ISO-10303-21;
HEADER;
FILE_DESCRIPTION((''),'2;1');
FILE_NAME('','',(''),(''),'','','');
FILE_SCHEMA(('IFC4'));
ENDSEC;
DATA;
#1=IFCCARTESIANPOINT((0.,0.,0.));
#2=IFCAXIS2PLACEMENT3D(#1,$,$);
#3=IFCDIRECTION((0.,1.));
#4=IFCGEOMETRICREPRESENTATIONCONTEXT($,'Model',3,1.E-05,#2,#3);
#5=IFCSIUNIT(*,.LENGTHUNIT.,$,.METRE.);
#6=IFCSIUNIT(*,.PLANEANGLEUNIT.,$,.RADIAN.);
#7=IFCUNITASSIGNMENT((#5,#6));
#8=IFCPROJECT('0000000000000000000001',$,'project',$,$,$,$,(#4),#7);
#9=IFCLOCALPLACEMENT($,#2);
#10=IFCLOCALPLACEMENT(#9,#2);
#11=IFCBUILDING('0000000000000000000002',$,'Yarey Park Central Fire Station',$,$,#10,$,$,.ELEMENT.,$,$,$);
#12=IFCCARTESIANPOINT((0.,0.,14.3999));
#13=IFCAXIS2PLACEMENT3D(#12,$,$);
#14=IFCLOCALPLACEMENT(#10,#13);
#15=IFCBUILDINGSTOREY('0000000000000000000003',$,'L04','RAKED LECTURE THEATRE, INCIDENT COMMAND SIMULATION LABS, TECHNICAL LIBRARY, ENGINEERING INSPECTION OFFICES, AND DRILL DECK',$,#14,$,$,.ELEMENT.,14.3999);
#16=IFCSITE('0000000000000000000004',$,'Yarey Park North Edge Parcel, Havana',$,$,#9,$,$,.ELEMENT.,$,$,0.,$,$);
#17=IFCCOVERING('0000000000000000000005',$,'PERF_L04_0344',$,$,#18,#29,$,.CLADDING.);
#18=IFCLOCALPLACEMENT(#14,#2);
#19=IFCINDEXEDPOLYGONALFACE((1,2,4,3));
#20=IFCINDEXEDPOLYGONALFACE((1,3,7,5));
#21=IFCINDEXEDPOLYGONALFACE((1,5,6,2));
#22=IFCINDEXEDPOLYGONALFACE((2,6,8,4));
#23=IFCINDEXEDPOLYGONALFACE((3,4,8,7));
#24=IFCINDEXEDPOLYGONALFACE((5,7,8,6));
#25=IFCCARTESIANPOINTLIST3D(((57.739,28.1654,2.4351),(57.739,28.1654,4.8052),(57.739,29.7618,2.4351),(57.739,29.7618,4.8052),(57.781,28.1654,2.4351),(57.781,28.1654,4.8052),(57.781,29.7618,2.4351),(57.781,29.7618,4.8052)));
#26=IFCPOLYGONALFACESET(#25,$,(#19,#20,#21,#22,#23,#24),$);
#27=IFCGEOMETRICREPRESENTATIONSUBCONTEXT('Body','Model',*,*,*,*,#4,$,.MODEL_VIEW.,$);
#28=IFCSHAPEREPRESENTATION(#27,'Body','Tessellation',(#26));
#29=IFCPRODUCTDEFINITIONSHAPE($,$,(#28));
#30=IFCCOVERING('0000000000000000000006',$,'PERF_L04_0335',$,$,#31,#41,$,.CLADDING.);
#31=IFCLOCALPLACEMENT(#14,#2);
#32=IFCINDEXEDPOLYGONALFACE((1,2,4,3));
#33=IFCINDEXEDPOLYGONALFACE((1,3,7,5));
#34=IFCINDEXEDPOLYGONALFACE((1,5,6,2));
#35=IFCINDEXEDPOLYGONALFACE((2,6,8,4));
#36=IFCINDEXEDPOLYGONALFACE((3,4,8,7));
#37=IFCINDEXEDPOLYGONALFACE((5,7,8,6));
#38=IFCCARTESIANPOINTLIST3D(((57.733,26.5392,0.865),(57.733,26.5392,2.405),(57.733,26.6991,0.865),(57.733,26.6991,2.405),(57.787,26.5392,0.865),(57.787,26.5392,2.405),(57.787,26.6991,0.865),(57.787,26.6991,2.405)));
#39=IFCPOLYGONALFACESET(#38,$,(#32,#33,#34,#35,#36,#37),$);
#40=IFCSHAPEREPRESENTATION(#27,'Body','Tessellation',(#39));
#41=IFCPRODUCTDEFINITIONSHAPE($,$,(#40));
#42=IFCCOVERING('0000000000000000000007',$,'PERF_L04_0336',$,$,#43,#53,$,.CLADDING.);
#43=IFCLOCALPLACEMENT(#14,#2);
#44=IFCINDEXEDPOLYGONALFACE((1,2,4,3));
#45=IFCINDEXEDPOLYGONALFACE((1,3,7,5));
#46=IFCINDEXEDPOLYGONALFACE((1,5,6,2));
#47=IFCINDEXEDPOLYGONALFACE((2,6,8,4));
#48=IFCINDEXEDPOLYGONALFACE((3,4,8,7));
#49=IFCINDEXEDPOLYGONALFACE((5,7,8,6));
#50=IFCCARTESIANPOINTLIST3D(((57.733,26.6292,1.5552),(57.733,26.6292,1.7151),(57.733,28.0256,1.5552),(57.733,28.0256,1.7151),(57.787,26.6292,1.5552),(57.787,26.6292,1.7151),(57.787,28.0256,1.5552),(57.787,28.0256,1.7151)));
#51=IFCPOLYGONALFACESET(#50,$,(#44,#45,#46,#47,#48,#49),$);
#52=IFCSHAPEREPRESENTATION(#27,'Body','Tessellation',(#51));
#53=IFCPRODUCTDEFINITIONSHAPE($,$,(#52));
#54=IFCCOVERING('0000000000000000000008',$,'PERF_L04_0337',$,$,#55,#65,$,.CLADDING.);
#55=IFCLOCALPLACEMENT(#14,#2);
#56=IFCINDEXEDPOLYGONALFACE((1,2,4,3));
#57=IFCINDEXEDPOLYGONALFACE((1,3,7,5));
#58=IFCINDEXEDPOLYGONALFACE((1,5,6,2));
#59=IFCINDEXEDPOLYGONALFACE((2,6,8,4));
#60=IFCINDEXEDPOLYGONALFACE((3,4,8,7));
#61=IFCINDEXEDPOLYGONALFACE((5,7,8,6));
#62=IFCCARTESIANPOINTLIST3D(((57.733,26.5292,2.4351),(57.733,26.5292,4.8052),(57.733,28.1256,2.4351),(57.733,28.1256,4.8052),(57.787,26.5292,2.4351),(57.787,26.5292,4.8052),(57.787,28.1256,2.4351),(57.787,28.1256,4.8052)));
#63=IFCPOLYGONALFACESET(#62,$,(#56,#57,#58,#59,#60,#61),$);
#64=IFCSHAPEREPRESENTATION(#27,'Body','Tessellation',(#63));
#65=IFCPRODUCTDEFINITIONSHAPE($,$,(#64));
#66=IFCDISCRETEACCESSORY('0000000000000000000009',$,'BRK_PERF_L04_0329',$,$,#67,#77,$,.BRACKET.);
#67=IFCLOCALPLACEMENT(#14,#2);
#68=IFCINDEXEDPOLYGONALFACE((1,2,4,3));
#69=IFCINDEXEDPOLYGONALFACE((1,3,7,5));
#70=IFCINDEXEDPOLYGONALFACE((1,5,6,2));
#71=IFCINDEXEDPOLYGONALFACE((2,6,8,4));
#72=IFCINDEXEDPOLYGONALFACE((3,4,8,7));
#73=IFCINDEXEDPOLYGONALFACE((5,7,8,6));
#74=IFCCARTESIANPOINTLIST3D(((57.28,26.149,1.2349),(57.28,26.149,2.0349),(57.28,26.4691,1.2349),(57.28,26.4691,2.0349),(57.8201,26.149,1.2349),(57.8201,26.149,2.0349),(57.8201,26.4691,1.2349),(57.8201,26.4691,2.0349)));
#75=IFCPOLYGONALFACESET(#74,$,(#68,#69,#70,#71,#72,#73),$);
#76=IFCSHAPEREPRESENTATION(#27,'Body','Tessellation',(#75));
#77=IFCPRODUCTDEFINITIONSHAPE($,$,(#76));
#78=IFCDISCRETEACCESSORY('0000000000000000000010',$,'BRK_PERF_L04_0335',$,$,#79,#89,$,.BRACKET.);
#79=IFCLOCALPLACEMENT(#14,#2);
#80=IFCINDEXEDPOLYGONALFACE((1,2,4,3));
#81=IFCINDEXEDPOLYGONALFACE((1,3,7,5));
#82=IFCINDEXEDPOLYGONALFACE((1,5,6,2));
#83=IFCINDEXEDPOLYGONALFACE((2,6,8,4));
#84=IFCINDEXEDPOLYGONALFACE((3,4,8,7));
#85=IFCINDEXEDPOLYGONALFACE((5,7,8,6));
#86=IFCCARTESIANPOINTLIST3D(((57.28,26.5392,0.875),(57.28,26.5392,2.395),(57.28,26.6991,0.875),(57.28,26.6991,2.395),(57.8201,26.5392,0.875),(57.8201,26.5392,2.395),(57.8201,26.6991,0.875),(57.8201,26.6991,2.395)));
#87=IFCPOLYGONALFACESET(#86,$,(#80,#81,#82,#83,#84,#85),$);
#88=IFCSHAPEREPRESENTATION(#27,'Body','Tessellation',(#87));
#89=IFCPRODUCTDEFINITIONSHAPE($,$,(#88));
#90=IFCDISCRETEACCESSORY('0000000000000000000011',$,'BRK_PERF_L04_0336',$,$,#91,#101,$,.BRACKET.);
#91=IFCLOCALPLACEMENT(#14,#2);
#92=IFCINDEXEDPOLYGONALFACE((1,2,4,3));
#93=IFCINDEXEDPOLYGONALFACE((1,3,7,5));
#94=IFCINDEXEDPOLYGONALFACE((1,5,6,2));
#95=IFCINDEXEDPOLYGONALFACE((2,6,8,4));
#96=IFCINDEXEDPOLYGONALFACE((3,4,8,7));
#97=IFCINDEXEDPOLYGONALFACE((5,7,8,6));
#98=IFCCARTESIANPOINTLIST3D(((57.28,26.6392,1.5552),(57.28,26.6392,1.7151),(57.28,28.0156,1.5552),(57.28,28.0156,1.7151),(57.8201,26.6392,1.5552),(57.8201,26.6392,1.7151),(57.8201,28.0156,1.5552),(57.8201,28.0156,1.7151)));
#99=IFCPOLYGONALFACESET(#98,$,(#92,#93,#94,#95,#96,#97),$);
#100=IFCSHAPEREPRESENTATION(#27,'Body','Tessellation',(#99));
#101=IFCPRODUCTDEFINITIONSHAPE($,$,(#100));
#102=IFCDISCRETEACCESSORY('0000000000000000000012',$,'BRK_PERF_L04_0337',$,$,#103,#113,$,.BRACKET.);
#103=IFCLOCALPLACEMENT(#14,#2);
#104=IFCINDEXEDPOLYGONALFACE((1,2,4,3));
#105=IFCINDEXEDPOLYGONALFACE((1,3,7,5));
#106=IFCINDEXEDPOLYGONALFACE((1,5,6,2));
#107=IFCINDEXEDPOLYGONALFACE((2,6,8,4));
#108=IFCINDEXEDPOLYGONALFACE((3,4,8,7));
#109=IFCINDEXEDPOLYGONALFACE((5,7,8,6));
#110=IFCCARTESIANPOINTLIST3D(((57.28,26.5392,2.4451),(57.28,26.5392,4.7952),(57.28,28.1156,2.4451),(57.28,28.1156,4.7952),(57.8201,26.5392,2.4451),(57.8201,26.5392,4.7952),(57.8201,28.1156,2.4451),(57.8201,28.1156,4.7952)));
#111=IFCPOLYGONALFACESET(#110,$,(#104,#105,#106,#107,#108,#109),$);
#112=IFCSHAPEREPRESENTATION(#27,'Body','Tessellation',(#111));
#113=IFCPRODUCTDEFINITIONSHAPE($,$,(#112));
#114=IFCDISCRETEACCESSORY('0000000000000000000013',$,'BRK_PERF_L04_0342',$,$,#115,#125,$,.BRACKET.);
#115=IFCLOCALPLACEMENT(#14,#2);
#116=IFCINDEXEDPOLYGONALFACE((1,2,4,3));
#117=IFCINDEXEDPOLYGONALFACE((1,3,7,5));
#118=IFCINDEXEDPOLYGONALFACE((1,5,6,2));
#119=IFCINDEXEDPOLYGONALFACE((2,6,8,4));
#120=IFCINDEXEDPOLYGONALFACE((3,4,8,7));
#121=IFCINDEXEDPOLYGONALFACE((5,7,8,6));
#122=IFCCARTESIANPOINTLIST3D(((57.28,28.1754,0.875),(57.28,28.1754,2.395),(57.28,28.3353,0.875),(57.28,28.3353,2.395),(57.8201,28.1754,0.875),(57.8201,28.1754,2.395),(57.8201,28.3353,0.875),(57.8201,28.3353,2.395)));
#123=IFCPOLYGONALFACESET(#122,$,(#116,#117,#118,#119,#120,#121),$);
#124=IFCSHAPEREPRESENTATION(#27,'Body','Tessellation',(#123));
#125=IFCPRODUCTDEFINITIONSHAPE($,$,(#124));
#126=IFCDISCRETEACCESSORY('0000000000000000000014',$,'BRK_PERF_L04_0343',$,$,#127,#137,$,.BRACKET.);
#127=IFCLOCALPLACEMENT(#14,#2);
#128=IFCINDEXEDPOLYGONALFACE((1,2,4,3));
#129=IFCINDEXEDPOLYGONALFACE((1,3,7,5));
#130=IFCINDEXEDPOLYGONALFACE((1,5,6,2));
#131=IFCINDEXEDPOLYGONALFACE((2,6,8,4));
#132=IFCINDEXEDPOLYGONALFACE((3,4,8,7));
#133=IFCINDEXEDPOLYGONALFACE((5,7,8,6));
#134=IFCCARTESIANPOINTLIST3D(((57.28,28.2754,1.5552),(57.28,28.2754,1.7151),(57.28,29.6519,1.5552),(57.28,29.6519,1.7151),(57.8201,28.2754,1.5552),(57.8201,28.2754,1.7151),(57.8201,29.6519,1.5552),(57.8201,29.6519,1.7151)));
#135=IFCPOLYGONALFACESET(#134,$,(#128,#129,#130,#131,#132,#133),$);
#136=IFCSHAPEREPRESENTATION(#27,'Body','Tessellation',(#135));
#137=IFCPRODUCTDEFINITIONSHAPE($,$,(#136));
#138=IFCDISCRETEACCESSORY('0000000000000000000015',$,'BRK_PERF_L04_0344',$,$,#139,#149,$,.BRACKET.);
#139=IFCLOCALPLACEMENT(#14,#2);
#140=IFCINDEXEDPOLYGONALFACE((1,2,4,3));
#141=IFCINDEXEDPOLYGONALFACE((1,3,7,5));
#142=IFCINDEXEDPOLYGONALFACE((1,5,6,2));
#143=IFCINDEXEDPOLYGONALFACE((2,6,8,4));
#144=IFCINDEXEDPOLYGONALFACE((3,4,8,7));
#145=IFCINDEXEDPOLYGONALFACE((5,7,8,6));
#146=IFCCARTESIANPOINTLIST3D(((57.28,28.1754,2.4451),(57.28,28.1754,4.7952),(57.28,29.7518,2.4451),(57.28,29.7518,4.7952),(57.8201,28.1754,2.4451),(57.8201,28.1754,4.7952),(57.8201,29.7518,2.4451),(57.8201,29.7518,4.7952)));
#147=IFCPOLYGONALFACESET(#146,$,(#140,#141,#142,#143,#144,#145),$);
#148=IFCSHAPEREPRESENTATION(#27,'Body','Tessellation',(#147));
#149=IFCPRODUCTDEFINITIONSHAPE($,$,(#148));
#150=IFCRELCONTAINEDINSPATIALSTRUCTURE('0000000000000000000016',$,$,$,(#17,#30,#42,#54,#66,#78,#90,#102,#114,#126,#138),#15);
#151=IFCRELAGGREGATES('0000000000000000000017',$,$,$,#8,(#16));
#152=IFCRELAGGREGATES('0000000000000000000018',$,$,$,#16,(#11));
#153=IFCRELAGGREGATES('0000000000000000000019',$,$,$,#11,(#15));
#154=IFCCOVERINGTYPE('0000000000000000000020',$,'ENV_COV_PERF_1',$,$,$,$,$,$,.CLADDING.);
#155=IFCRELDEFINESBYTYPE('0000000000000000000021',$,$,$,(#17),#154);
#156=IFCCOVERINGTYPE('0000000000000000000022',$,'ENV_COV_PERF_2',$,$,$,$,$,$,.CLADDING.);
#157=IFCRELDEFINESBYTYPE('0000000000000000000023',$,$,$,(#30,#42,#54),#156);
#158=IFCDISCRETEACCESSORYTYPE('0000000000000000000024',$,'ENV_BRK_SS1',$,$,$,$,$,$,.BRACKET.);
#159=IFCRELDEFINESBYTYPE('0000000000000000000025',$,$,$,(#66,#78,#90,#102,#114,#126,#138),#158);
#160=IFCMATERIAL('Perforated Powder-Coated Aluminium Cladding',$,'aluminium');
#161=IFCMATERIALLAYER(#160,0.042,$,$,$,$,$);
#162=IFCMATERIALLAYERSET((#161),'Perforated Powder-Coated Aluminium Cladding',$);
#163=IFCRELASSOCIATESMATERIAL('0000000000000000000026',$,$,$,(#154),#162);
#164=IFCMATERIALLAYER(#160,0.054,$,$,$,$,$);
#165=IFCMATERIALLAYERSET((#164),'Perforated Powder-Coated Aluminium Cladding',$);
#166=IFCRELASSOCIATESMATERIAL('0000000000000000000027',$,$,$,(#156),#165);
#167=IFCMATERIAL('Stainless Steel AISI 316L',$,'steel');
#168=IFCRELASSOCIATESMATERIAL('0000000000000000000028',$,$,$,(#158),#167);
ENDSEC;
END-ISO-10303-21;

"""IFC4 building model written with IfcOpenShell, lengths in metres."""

from ifc_helpers import new_model, si_unit, direction, frame, origin, origin_2d, place, context, subcontext, project, spatial, rectangle, extrude, material, layer, layer_set, type_object, element, save


model = new_model("IFC4")

# Units and contexts
model_context = context("Model", 3, precision=1e-05, world=origin(), true_north=direction((0.0, 1.0)))
body_context = subcontext(model_context, "Body", "Model", "MODEL_VIEW")
ifc_project = project(units=[si_unit("LENGTHUNIT", "METRE"), si_unit("PLANEANGLEUNIT", "RADIAN")], contexts=[model_context])

# Site, building, storey
site_placement = place(None, origin())
site = spatial("IfcSite", under=ifc_project, at=site_placement, Name="Yarey Park North Edge Parcel, Havana", CompositionType="ELEMENT", RefElevation=0.0)
building_placement = place(site_placement, origin())
building = spatial("IfcBuilding", under=site, at=building_placement, Name="Yarey Park Central Fire Station", CompositionType="ELEMENT")
storey_placement = place(building_placement, frame((0.0, 0.0, 14.3999)))
storey = spatial("IfcBuildingStorey", under=building, at=storey_placement, Name="L04", Description="RAKED LECTURE THEATRE, INCIDENT COMMAND SIMULATION LABS, TECHNICAL LIBRARY, ENGINEERING INSPECTION OFFICES, AND DRILL DECK", CompositionType="ELEMENT", Elevation=14.3999)

# Coverings
ifc_material_1 = material(Name="Perforated Powder-Coated Aluminium Cladding", Category="aluminium")
ifc_layer_1 = layer(ifc_material_1, 0.042)
ifc_layer_set_1 = layer_set([ifc_layer_1], Name="Perforated Powder-Coated Aluminium Cladding")
covering_type_1 = type_object("IfcCoveringType", Name="ENV_COV_PERF_1", PredefinedType="CLADDING", material=ifc_layer_set_1)
covering_1_placement = place(storey_placement, frame((57.76, 28.9636, 2.4351), z_axis=(0.0, 0.0, 1.0), x_axis=(0.0, 1.0, 0.0)))
element("IfcCovering", 1, at=covering_1_placement, inside=storey, type_object=covering_type_1, Name="PERF_L04_0344", PredefinedType="CLADDING", context=body_context, shape_type="SweptSolid", body=[
    extrude(rectangle(XDim=1.5964, YDim=0.042, at=origin_2d()), origin(), (0.0, 0.0, 1.0), 2.3701),
])
ifc_layer_2 = layer(ifc_material_1, 0.054)
ifc_layer_set_2 = layer_set([ifc_layer_2], Name="Perforated Powder-Coated Aluminium Cladding")
covering_type_2 = type_object("IfcCoveringType", Name="ENV_COV_PERF_2", PredefinedType="CLADDING", material=ifc_layer_set_2)
covering_2_placement = place(storey_placement, frame((57.76, 26.6191, 0.865), z_axis=(0.0, 0.0, 1.0), x_axis=(0.0, 1.0, 0.0)))
element("IfcCovering", 2, at=covering_2_placement, inside=storey, type_object=covering_type_2, Name="PERF_L04_0335", PredefinedType="CLADDING", context=body_context, shape_type="SweptSolid", body=[
    extrude(rectangle(XDim=0.1599, YDim=0.054, at=origin_2d()), origin(), (0.0, 0.0, 1.0), 1.54),
])
covering_3_placement = place(storey_placement, frame((57.76, 27.3274, 1.5552), z_axis=(0.0, 0.0, 1.0), x_axis=(0.0, 1.0, 0.0)))
element("IfcCovering", 3, at=covering_3_placement, inside=storey, type_object=covering_type_2, Name="PERF_L04_0336", PredefinedType="CLADDING", context=body_context, shape_type="SweptSolid", body=[
    extrude(rectangle(XDim=1.3965, YDim=0.054, at=origin_2d()), origin(), (0.0, 0.0, 1.0), 0.1599),
])
covering_4_placement = place(storey_placement, frame((57.76, 27.3274, 2.4351), z_axis=(0.0, 0.0, 1.0), x_axis=(0.0, 1.0, 0.0)))
element("IfcCovering", 4, at=covering_4_placement, inside=storey, type_object=covering_type_2, Name="PERF_L04_0337", PredefinedType="CLADDING", context=body_context, shape_type="SweptSolid", body=[
    extrude(rectangle(XDim=1.5964, YDim=0.054, at=origin_2d()), origin(), (0.0, 0.0, 1.0), 2.3701),
])

# Discrete accessories
ifc_material_2 = material(Name="Stainless Steel AISI 316L", Category="steel")
discrete_accessory_type = type_object("IfcDiscreteAccessoryType", Name="ENV_BRK_SS1", PredefinedType="BRACKET", material=ifc_material_2)
discrete_accessory_1_placement = place(storey_placement, frame((57.55, 26.3091, 1.2349), z_axis=(0.0, 0.0, 1.0), x_axis=(1.0, 0.0, 0.0)))
element("IfcDiscreteAccessory", 5, at=discrete_accessory_1_placement, inside=storey, type_object=discrete_accessory_type, Name="BRK_PERF_L04_0329", PredefinedType="BRACKET", context=body_context, shape_type="SweptSolid", body=[
    extrude(rectangle(XDim=0.54, YDim=0.3201, at=origin_2d()), origin(), (0.0, 0.0, 1.0), 0.8),
])
discrete_accessory_2_placement = place(storey_placement, frame((57.55, 26.6191, 0.875), z_axis=(0.0, 0.0, 1.0), x_axis=(1.0, 0.0, 0.0)))
element("IfcDiscreteAccessory", 6, at=discrete_accessory_2_placement, inside=storey, type_object=discrete_accessory_type, Name="BRK_PERF_L04_0335", PredefinedType="BRACKET", context=body_context, shape_type="SweptSolid", body=[
    extrude(rectangle(XDim=0.54, YDim=0.1599, at=origin_2d()), origin(), (0.0, 0.0, 1.0), 1.52),
])
discrete_accessory_3_placement = place(storey_placement, frame((57.55, 27.3274, 1.5552), z_axis=(0.0, 0.0, 1.0), x_axis=(1.0, 0.0, 0.0)))
element("IfcDiscreteAccessory", 7, at=discrete_accessory_3_placement, inside=storey, type_object=discrete_accessory_type, Name="BRK_PERF_L04_0336", PredefinedType="BRACKET", context=body_context, shape_type="SweptSolid", body=[
    extrude(rectangle(XDim=0.54, YDim=1.3765, at=origin_2d()), origin(), (0.0, 0.0, 1.0), 0.1599),
])
discrete_accessory_4_placement = place(storey_placement, frame((57.55, 27.3274, 2.4451), z_axis=(0.0, 0.0, 1.0), x_axis=(1.0, 0.0, 0.0)))
element("IfcDiscreteAccessory", 8, at=discrete_accessory_4_placement, inside=storey, type_object=discrete_accessory_type, Name="BRK_PERF_L04_0337", PredefinedType="BRACKET", context=body_context, shape_type="SweptSolid", body=[
    extrude(rectangle(XDim=0.54, YDim=1.5764, at=origin_2d()), origin(), (0.0, 0.0, 1.0), 2.3501),
])
discrete_accessory_5_placement = place(storey_placement, frame((57.55, 28.2554, 0.875), z_axis=(0.0, 0.0, 1.0), x_axis=(1.0, 0.0, 0.0)))
element("IfcDiscreteAccessory", 9, at=discrete_accessory_5_placement, inside=storey, type_object=discrete_accessory_type, Name="BRK_PERF_L04_0342", PredefinedType="BRACKET", context=body_context, shape_type="SweptSolid", body=[
    extrude(rectangle(XDim=0.54, YDim=0.1599, at=origin_2d()), origin(), (0.0, 0.0, 1.0), 1.52),
])
discrete_accessory_6_placement = place(storey_placement, frame((57.55, 28.9636, 1.5552), z_axis=(0.0, 0.0, 1.0), x_axis=(1.0, 0.0, 0.0)))
element("IfcDiscreteAccessory", 10, at=discrete_accessory_6_placement, inside=storey, type_object=discrete_accessory_type, Name="BRK_PERF_L04_0343", PredefinedType="BRACKET", context=body_context, shape_type="SweptSolid", body=[
    extrude(rectangle(XDim=0.54, YDim=1.3765, at=origin_2d()), origin(), (0.0, 0.0, 1.0), 0.1599),
])
discrete_accessory_7_placement = place(storey_placement, frame((57.55, 28.9636, 2.4451), z_axis=(0.0, 0.0, 1.0), x_axis=(1.0, 0.0, 0.0)))
element("IfcDiscreteAccessory", 11, at=discrete_accessory_7_placement, inside=storey, type_object=discrete_accessory_type, Name="BRK_PERF_L04_0344", PredefinedType="BRACKET", context=body_context, shape_type="SweptSolid", body=[
    extrude(rectangle(XDim=0.54, YDim=1.5764, at=origin_2d()), origin(), (0.0, 0.0, 1.0), 2.3501),
])

save(model, "model.ifc")
